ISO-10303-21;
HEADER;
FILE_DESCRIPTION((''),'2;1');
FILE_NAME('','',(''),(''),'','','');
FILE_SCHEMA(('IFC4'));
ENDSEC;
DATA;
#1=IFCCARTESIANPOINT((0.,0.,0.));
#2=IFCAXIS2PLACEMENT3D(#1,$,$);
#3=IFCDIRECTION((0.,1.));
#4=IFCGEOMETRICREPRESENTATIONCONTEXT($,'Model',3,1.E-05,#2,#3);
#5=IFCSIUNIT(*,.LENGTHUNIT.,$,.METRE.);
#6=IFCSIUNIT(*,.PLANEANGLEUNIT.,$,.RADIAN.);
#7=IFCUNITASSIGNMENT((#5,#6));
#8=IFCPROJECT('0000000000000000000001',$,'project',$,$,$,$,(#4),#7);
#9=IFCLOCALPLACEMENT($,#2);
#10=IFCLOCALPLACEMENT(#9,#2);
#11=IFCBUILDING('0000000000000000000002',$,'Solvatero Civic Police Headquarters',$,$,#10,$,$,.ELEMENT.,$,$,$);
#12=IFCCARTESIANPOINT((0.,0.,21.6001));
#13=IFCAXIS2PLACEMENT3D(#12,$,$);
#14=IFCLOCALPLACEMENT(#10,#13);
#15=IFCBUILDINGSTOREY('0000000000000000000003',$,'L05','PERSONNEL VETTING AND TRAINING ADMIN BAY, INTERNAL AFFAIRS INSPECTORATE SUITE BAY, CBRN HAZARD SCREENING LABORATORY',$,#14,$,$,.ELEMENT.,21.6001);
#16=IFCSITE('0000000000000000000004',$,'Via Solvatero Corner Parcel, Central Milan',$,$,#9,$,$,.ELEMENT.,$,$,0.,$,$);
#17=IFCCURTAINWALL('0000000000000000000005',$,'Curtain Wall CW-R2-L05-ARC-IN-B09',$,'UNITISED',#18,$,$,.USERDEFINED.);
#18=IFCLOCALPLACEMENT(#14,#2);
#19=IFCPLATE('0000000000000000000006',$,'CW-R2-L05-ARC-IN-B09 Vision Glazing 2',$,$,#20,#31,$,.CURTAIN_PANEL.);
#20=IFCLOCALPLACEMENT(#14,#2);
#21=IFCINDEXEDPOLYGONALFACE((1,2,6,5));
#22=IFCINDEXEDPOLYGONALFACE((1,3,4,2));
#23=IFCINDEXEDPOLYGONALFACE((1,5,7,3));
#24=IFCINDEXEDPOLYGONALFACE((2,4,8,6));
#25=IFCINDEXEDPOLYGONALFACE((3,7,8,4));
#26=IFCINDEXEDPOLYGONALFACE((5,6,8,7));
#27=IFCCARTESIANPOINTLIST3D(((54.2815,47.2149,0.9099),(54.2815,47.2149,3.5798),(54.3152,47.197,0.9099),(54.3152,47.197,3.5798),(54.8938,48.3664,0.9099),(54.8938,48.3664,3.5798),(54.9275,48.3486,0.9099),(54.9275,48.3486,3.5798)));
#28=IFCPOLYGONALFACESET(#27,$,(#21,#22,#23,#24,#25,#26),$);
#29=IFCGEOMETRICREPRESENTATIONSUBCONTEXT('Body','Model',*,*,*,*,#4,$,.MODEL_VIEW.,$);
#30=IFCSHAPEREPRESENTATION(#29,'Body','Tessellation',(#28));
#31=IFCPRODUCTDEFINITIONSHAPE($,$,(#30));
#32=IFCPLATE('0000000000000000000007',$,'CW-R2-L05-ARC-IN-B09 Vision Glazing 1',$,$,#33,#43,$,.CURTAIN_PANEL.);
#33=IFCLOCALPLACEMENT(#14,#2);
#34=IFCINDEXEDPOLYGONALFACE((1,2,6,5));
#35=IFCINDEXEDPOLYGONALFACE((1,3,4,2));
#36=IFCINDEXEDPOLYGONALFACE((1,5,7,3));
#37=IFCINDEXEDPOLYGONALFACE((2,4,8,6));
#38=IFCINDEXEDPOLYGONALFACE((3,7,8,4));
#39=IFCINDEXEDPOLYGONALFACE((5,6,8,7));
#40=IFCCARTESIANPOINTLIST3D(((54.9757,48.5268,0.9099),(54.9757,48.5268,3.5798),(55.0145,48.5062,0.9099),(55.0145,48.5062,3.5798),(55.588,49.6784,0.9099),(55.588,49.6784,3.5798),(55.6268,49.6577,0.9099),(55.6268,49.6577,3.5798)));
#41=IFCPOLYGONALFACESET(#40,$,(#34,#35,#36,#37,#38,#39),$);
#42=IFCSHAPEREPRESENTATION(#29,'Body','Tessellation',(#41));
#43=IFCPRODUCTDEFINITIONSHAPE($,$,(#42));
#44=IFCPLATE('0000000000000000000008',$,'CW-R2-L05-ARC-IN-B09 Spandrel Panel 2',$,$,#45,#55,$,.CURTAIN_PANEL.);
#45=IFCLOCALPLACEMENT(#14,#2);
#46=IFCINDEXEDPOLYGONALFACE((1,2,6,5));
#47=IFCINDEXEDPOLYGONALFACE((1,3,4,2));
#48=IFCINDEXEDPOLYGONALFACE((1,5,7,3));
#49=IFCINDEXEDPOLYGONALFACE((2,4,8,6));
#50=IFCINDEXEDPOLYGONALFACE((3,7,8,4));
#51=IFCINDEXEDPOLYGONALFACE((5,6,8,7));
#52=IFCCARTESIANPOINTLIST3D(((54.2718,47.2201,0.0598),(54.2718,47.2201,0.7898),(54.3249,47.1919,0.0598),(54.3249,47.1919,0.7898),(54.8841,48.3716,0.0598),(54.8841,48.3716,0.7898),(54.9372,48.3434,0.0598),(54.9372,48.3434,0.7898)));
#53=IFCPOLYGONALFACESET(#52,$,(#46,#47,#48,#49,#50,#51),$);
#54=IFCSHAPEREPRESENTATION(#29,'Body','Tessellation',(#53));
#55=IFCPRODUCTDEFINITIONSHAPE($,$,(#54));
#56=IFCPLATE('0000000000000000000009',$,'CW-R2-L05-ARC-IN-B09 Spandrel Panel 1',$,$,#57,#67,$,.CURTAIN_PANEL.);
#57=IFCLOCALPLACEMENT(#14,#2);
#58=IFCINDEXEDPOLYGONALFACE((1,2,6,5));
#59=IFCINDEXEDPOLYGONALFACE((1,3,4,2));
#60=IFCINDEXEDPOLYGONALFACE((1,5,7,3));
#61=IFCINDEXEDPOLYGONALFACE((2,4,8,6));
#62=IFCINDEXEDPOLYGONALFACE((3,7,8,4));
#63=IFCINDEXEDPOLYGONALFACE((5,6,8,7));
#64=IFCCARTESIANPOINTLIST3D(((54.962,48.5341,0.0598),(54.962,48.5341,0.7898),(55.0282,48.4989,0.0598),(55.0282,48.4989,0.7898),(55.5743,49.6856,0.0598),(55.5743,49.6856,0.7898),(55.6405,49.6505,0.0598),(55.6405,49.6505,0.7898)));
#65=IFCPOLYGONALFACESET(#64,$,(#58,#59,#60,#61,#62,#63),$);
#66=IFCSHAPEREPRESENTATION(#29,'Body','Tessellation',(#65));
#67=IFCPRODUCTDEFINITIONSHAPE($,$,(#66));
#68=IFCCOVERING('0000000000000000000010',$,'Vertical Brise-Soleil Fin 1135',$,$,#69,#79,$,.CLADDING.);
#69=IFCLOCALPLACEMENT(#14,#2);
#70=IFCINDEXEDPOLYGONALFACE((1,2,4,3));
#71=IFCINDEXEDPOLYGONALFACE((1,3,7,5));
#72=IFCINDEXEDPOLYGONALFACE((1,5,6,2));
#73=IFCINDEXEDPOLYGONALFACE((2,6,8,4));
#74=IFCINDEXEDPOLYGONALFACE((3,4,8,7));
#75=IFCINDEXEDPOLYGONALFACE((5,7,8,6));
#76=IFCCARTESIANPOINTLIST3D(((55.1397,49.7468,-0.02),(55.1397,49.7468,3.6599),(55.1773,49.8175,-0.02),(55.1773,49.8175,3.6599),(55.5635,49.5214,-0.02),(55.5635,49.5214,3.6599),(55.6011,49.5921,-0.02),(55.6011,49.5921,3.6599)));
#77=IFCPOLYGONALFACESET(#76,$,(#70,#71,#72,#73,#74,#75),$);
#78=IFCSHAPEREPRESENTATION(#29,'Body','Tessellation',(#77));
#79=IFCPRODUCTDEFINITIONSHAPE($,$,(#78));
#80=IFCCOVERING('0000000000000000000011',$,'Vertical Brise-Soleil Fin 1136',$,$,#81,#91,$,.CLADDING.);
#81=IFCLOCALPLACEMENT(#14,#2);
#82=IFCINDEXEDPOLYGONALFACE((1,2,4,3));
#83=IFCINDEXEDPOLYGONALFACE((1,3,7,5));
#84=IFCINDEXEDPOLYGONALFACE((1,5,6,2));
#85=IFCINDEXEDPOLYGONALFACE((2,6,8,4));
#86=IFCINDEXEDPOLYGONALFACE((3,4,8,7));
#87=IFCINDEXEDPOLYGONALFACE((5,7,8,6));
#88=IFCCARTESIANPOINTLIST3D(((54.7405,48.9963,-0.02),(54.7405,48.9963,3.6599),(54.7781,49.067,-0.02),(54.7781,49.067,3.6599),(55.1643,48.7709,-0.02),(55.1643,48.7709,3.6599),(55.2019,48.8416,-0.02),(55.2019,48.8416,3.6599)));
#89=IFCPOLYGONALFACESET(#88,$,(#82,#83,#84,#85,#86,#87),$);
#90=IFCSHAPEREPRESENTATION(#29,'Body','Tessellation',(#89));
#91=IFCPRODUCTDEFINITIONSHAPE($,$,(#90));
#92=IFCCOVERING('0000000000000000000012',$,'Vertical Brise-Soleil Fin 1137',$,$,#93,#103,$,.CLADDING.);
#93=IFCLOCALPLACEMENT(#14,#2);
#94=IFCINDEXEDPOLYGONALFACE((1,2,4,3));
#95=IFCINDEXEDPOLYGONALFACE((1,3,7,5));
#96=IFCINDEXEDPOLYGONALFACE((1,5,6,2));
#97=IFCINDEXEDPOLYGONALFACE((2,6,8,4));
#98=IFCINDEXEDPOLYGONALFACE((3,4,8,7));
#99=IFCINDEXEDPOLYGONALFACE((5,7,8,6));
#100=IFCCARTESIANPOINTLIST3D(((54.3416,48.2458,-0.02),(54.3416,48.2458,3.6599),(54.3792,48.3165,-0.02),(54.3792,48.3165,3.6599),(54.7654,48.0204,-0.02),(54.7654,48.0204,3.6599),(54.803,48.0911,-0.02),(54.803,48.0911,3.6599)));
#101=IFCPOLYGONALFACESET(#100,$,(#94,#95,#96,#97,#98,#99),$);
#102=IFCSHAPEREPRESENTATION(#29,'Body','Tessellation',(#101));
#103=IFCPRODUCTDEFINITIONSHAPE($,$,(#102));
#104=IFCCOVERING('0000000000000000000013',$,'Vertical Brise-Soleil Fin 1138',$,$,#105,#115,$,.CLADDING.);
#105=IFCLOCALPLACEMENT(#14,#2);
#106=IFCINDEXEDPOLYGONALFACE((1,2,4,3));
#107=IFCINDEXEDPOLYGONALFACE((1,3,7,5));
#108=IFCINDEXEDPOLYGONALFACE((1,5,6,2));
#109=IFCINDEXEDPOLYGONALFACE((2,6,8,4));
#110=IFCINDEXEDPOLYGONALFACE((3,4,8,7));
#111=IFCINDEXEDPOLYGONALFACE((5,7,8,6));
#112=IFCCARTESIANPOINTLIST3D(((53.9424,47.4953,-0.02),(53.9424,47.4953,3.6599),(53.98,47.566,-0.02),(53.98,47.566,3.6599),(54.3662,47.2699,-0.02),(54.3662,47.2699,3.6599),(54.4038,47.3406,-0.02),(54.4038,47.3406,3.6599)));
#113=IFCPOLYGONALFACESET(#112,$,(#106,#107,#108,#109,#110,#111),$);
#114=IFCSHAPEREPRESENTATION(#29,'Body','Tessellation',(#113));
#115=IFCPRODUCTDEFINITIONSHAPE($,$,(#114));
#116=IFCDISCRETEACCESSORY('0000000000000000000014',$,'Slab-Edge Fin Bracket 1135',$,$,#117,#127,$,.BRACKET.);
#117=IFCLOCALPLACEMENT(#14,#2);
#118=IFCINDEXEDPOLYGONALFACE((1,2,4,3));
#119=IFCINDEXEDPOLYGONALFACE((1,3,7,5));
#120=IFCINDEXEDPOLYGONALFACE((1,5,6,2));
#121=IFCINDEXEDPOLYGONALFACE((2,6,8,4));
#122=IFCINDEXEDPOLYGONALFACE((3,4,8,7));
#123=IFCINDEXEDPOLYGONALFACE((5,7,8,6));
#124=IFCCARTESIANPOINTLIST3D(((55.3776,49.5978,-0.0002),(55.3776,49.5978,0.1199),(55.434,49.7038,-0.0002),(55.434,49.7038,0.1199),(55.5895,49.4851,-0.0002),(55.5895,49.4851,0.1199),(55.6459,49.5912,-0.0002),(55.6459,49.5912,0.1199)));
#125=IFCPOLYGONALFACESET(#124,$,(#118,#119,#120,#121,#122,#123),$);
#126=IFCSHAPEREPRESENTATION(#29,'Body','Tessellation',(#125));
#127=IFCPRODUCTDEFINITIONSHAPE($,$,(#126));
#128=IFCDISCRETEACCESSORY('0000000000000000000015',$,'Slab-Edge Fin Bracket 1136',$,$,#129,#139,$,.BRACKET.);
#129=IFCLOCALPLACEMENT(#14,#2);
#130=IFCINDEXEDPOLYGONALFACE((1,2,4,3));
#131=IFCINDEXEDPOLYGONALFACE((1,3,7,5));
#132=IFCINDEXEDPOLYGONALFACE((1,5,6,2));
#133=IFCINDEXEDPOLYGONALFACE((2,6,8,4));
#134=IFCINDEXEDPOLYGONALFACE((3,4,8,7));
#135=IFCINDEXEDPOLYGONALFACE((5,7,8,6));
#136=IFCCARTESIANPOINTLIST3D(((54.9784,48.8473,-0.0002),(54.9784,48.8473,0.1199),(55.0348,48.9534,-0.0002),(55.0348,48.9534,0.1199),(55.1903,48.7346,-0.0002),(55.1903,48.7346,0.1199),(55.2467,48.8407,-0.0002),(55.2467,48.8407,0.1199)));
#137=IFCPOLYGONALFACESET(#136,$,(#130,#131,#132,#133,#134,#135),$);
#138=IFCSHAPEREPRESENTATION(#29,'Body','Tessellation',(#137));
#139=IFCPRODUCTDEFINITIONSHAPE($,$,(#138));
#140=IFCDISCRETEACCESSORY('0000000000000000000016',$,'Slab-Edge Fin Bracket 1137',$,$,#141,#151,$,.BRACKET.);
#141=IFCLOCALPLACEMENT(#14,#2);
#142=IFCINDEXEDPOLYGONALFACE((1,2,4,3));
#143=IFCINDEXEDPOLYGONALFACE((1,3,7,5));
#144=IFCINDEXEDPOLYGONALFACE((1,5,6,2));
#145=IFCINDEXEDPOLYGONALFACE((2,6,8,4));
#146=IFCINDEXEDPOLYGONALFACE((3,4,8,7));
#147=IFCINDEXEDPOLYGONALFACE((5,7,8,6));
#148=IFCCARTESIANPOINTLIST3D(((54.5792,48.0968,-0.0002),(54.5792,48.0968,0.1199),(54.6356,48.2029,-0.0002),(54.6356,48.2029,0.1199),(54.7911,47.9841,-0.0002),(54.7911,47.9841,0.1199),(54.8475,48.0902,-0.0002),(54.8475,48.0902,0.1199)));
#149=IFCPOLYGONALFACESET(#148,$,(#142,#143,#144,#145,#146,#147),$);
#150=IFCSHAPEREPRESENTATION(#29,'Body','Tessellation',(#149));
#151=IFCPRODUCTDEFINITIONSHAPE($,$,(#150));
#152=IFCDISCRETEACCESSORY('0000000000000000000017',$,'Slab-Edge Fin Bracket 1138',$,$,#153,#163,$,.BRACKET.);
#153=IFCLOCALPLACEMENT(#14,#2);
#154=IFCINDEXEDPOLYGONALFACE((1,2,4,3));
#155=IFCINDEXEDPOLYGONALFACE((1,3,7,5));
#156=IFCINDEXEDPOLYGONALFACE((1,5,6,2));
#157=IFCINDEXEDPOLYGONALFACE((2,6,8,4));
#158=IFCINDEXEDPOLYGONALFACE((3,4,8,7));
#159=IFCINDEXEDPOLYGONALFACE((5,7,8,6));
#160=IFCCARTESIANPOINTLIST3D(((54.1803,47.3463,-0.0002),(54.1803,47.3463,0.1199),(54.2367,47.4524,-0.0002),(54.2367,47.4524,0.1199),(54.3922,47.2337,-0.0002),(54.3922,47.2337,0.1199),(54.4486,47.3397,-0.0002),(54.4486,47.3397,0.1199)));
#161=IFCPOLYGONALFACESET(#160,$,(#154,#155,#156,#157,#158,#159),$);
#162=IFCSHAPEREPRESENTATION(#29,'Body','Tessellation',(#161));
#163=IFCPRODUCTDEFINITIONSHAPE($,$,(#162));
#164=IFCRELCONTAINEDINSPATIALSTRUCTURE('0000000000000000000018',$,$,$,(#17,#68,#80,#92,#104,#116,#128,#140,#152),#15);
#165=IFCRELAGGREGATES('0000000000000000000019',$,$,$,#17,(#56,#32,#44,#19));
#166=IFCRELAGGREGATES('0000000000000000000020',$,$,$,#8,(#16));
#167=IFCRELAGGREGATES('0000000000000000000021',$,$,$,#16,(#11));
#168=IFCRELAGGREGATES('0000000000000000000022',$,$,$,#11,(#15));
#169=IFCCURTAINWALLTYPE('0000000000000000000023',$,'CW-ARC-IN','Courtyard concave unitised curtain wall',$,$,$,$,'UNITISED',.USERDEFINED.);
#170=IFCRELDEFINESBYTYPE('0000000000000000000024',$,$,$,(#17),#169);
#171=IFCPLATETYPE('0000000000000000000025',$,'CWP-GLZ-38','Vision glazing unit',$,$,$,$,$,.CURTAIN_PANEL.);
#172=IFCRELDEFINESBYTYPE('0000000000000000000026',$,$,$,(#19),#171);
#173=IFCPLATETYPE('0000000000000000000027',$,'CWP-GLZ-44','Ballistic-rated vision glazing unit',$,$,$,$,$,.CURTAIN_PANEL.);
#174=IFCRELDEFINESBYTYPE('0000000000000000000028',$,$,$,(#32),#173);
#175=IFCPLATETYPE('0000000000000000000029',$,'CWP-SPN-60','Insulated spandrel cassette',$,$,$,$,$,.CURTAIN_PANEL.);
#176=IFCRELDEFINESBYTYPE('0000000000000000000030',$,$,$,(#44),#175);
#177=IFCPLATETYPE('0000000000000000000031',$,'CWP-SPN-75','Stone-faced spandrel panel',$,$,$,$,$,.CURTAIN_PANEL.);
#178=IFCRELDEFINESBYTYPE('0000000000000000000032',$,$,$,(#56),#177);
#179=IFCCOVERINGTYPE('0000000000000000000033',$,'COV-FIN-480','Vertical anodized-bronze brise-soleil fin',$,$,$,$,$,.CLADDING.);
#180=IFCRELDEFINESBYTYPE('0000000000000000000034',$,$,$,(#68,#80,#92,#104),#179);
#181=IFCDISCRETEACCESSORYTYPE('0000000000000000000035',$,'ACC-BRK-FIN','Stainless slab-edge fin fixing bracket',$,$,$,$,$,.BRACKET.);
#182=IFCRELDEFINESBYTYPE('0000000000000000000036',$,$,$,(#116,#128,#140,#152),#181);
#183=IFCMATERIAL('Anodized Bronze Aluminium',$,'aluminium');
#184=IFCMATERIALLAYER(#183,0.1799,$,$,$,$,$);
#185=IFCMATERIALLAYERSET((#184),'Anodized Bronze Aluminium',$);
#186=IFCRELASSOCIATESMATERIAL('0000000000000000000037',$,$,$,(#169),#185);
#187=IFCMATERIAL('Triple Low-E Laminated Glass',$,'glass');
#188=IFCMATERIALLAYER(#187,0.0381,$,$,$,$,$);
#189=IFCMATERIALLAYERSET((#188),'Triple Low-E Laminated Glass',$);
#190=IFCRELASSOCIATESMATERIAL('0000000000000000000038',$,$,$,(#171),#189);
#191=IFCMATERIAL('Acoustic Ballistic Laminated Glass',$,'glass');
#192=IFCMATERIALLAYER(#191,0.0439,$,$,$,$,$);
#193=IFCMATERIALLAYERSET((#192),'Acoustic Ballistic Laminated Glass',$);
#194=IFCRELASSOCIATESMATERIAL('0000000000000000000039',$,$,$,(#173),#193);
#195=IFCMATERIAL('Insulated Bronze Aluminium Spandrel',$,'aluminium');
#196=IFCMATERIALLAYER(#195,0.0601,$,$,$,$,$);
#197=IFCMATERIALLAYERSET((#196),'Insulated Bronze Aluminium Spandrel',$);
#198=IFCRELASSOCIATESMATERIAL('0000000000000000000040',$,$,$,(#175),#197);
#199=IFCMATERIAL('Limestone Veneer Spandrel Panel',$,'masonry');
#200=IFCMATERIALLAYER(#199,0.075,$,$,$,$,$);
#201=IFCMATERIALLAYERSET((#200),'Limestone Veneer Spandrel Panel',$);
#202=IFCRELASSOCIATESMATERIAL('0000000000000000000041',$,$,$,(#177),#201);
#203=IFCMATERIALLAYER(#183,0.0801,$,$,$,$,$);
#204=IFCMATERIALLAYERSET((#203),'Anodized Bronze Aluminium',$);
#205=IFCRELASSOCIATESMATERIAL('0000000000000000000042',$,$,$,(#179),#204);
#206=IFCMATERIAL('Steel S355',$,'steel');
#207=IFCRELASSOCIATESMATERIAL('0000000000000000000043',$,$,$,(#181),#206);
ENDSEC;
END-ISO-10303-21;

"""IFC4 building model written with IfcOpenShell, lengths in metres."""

from ifc_helpers import new_model, si_unit, direction, frame, origin, origin_2d, place, context, subcontext, project, spatial, rectangle, extrude, material, layer, layer_set, type_object, element, aggregate, save


model = new_model("IFC4")

# Units and contexts
model_context = context("Model", 3, precision=1e-05, world=origin(), true_north=direction((0.0, 1.0)))
body_context = subcontext(model_context, "Body", "Model", "MODEL_VIEW")
ifc_project = project(units=[si_unit("LENGTHUNIT", "METRE"), si_unit("PLANEANGLEUNIT", "RADIAN")], contexts=[model_context])

# Site, building, storey
site_placement = place(None, origin())
site = spatial("IfcSite", under=ifc_project, at=site_placement, Name="Via Solvatero Corner Parcel, Central Milan", CompositionType="ELEMENT", RefElevation=0.0)
building_placement = place(site_placement, origin())
building = spatial("IfcBuilding", under=site, at=building_placement, Name="Solvatero Civic Police Headquarters", CompositionType="ELEMENT")
storey_placement = place(building_placement, frame((0.0, 0.0, 21.6001)))
storey = spatial("IfcBuildingStorey", under=building, at=storey_placement, Name="L05", Description="PERSONNEL VETTING AND TRAINING ADMIN BAY, INTERNAL AFFAIRS INSPECTORATE SUITE BAY, CBRN HAZARD SCREENING LABORATORY", CompositionType="ELEMENT", Elevation=21.6001)

# Shared definitions
ifc_material_1 = material(Name="Steel S355", Category="steel")

# Curtain wall, plates
ifc_material_2 = material(Name="Anodized Bronze Aluminium", Category="aluminium")
ifc_layer_1 = layer(ifc_material_2, 0.1799)
ifc_layer_set_1 = layer_set([ifc_layer_1], Name="Anodized Bronze Aluminium")
curtain_wall_type = type_object("IfcCurtainWallType", Name="CW-ARC-IN", Description="Courtyard concave unitised curtain wall", ElementType="UNITISED", PredefinedType="USERDEFINED", material=ifc_layer_set_1)
curtain_wall_placement = place(storey_placement, origin())
curtain_wall = element("IfcCurtainWall", 1, at=curtain_wall_placement, inside=storey, type_object=curtain_wall_type, Name="Curtain Wall CW-R2-L05-ARC-IN-B09", ObjectType="UNITISED", PredefinedType="USERDEFINED")
ifc_material_3 = material(Name="Triple Low-E Laminated Glass", Category="glass")
ifc_layer_2 = layer(ifc_material_3, 0.0381)
ifc_layer_set_2 = layer_set([ifc_layer_2], Name="Triple Low-E Laminated Glass")
plate_type_1 = type_object("IfcPlateType", Name="CWP-GLZ-38", Description="Vision glazing unit", PredefinedType="CURTAIN_PANEL", material=ifc_layer_set_2)
plate_1_placement = place(storey_placement, frame((54.6045, 47.7817, 0.9099), z_axis=(0.0, 0.0, 1.0), x_axis=(-0.469487, -0.882939, 0.0)))
plate_1 = element("IfcPlate", 2, at=plate_1_placement, type_object=plate_type_1, Name="CW-R2-L05-ARC-IN-B09 Vision Glazing 2", PredefinedType="CURTAIN_PANEL", context=body_context, shape_type="SweptSolid", body=[
    extrude(rectangle(XDim=1.3042, YDim=0.0381, at=origin_2d()), origin(), (0.0, 0.0, 1.0), 2.6699),
])
ifc_material_4 = material(Name="Acoustic Ballistic Laminated Glass", Category="glass")
ifc_layer_3 = layer(ifc_material_4, 0.0439)
ifc_layer_set_3 = layer_set([ifc_layer_3], Name="Acoustic Ballistic Laminated Glass")
plate_type_2 = type_object("IfcPlateType", Name="CWP-GLZ-44", Description="Ballistic-rated vision glazing unit", PredefinedType="CURTAIN_PANEL", material=ifc_layer_set_3)
plate_2_placement = place(storey_placement, frame((55.3013, 49.0923, 0.9099), z_axis=(0.0, 0.0, 1.0), x_axis=(-0.469487, -0.882939, 0.0)))
plate_2 = element("IfcPlate", 3, at=plate_2_placement, type_object=plate_type_2, Name="CW-R2-L05-ARC-IN-B09 Vision Glazing 1", PredefinedType="CURTAIN_PANEL", context=body_context, shape_type="SweptSolid", body=[
    extrude(rectangle(XDim=1.3042, YDim=0.0439, at=origin_2d()), origin(), (0.0, 0.0, 1.0), 2.6699),
])
ifc_material_5 = material(Name="Insulated Bronze Aluminium Spandrel", Category="aluminium")
ifc_layer_4 = layer(ifc_material_5, 0.0601)
ifc_layer_set_4 = layer_set([ifc_layer_4], Name="Insulated Bronze Aluminium Spandrel")
plate_type_3 = type_object("IfcPlateType", Name="CWP-SPN-60", Description="Insulated spandrel cassette", PredefinedType="CURTAIN_PANEL", material=ifc_layer_set_4)
plate_3_placement = place(storey_placement, frame((54.6045, 47.7817, 0.0598), z_axis=(0.0, 0.0, 1.0), x_axis=(-0.469487, -0.882939, 0.0)))
plate_3 = element("IfcPlate", 4, at=plate_3_placement, type_object=plate_type_3, Name="CW-R2-L05-ARC-IN-B09 Spandrel Panel 2", PredefinedType="CURTAIN_PANEL", context=body_context, shape_type="SweptSolid", body=[
    extrude(rectangle(XDim=1.3042, YDim=0.0601, at=origin_2d()), origin(), (0.0, 0.0, 1.0), 0.73),
])
ifc_material_6 = material(Name="Limestone Veneer Spandrel Panel", Category="masonry")
ifc_layer_5 = layer(ifc_material_6, 0.075)
ifc_layer_set_5 = layer_set([ifc_layer_5], Name="Limestone Veneer Spandrel Panel")
plate_type_4 = type_object("IfcPlateType", Name="CWP-SPN-75", Description="Stone-faced spandrel panel", PredefinedType="CURTAIN_PANEL", material=ifc_layer_set_5)
plate_4_placement = place(storey_placement, frame((55.3013, 49.0923, 0.0598), z_axis=(0.0, 0.0, 1.0), x_axis=(-0.469487, -0.882939, 0.0)))
plate_4 = element("IfcPlate", 5, at=plate_4_placement, type_object=plate_type_4, Name="CW-R2-L05-ARC-IN-B09 Spandrel Panel 1", PredefinedType="CURTAIN_PANEL", context=body_context, shape_type="SweptSolid", body=[
    extrude(rectangle(XDim=1.3042, YDim=0.075, at=origin_2d()), origin(), (0.0, 0.0, 1.0), 0.73),
])
aggregate(curtain_wall, [plate_4, plate_2, plate_3, plate_1])

# Coverings
ifc_layer_6 = layer(ifc_material_2, 0.0801)
ifc_layer_set_6 = layer_set([ifc_layer_6], Name="Anodized Bronze Aluminium")
covering_type = type_object("IfcCoveringType", Name="COV-FIN-480", Description="Vertical anodized-bronze brise-soleil fin", PredefinedType="CLADDING", material=ifc_layer_set_6)
for number, where, z_axis, x_axis, name in (
    (6, (55.3704, 49.6694, -0.02), (0.0, 0.0, 1.0), (-0.469487, -0.882939, 0.0), "Vertical Brise-Soleil Fin 1135"),
    (7, (54.9712, 48.9189, -0.02), (0.0, 0.0, 1.0), (-0.469487, -0.882939, 0.0), "Vertical Brise-Soleil Fin 1136"),
    (8, (54.5723, 48.1685, -0.02), (0.0, 0.0, 1.0), (-0.469487, -0.882939, 0.0), "Vertical Brise-Soleil Fin 1137"),
    (9, (54.1731, 47.418, -0.02), (0.0, 0.0, 1.0), (-0.469487, -0.882939, 0.0), "Vertical Brise-Soleil Fin 1138"),
):
    element("IfcCovering", number, at=place(storey_placement, frame(where, z_axis=z_axis, x_axis=x_axis)), inside=storey, type_object=covering_type, Name=name, PredefinedType="CLADDING", context=body_context, shape_type="SweptSolid", body=[
        extrude(rectangle(XDim=0.0801, YDim=0.48, at=origin_2d()), origin(), (0.0, 0.0, 1.0), 3.6799),
    ])

# Discrete accessories
discrete_accessory_type = type_object("IfcDiscreteAccessoryType", Name="ACC-BRK-FIN", Description="Stainless slab-edge fin fixing bracket", PredefinedType="BRACKET", material=ifc_material_1)
for number, where, z_axis, x_axis, name in (
    (10, (55.5117, 49.5945, -0.0002), (0.0, 0.0, 1.0), (-0.469487, -0.882939, 0.0), "Slab-Edge Fin Bracket 1135"),
    (11, (55.1125, 48.844, -0.0002), (0.0, 0.0, 1.0), (-0.469487, -0.882939, 0.0), "Slab-Edge Fin Bracket 1136"),
    (12, (54.7134, 48.0935, -0.0002), (0.0, 0.0, 1.0), (-0.469487, -0.882939, 0.0), "Slab-Edge Fin Bracket 1137"),
    (13, (54.3145, 47.343, -0.0002), (0.0, 0.0, 1.0), (-0.469487, -0.882939, 0.0), "Slab-Edge Fin Bracket 1138"),
):
    element("IfcDiscreteAccessory", number, at=place(storey_placement, frame(where, z_axis=z_axis, x_axis=x_axis)), inside=storey, type_object=discrete_accessory_type, Name=name, PredefinedType="BRACKET", context=body_context, shape_type="SweptSolid", body=[
        extrude(rectangle(XDim=0.1201, YDim=0.24, at=origin_2d()), origin(), (0.0, 0.0, 1.0), 0.1201),
    ])

save(model, "model.ifc")
